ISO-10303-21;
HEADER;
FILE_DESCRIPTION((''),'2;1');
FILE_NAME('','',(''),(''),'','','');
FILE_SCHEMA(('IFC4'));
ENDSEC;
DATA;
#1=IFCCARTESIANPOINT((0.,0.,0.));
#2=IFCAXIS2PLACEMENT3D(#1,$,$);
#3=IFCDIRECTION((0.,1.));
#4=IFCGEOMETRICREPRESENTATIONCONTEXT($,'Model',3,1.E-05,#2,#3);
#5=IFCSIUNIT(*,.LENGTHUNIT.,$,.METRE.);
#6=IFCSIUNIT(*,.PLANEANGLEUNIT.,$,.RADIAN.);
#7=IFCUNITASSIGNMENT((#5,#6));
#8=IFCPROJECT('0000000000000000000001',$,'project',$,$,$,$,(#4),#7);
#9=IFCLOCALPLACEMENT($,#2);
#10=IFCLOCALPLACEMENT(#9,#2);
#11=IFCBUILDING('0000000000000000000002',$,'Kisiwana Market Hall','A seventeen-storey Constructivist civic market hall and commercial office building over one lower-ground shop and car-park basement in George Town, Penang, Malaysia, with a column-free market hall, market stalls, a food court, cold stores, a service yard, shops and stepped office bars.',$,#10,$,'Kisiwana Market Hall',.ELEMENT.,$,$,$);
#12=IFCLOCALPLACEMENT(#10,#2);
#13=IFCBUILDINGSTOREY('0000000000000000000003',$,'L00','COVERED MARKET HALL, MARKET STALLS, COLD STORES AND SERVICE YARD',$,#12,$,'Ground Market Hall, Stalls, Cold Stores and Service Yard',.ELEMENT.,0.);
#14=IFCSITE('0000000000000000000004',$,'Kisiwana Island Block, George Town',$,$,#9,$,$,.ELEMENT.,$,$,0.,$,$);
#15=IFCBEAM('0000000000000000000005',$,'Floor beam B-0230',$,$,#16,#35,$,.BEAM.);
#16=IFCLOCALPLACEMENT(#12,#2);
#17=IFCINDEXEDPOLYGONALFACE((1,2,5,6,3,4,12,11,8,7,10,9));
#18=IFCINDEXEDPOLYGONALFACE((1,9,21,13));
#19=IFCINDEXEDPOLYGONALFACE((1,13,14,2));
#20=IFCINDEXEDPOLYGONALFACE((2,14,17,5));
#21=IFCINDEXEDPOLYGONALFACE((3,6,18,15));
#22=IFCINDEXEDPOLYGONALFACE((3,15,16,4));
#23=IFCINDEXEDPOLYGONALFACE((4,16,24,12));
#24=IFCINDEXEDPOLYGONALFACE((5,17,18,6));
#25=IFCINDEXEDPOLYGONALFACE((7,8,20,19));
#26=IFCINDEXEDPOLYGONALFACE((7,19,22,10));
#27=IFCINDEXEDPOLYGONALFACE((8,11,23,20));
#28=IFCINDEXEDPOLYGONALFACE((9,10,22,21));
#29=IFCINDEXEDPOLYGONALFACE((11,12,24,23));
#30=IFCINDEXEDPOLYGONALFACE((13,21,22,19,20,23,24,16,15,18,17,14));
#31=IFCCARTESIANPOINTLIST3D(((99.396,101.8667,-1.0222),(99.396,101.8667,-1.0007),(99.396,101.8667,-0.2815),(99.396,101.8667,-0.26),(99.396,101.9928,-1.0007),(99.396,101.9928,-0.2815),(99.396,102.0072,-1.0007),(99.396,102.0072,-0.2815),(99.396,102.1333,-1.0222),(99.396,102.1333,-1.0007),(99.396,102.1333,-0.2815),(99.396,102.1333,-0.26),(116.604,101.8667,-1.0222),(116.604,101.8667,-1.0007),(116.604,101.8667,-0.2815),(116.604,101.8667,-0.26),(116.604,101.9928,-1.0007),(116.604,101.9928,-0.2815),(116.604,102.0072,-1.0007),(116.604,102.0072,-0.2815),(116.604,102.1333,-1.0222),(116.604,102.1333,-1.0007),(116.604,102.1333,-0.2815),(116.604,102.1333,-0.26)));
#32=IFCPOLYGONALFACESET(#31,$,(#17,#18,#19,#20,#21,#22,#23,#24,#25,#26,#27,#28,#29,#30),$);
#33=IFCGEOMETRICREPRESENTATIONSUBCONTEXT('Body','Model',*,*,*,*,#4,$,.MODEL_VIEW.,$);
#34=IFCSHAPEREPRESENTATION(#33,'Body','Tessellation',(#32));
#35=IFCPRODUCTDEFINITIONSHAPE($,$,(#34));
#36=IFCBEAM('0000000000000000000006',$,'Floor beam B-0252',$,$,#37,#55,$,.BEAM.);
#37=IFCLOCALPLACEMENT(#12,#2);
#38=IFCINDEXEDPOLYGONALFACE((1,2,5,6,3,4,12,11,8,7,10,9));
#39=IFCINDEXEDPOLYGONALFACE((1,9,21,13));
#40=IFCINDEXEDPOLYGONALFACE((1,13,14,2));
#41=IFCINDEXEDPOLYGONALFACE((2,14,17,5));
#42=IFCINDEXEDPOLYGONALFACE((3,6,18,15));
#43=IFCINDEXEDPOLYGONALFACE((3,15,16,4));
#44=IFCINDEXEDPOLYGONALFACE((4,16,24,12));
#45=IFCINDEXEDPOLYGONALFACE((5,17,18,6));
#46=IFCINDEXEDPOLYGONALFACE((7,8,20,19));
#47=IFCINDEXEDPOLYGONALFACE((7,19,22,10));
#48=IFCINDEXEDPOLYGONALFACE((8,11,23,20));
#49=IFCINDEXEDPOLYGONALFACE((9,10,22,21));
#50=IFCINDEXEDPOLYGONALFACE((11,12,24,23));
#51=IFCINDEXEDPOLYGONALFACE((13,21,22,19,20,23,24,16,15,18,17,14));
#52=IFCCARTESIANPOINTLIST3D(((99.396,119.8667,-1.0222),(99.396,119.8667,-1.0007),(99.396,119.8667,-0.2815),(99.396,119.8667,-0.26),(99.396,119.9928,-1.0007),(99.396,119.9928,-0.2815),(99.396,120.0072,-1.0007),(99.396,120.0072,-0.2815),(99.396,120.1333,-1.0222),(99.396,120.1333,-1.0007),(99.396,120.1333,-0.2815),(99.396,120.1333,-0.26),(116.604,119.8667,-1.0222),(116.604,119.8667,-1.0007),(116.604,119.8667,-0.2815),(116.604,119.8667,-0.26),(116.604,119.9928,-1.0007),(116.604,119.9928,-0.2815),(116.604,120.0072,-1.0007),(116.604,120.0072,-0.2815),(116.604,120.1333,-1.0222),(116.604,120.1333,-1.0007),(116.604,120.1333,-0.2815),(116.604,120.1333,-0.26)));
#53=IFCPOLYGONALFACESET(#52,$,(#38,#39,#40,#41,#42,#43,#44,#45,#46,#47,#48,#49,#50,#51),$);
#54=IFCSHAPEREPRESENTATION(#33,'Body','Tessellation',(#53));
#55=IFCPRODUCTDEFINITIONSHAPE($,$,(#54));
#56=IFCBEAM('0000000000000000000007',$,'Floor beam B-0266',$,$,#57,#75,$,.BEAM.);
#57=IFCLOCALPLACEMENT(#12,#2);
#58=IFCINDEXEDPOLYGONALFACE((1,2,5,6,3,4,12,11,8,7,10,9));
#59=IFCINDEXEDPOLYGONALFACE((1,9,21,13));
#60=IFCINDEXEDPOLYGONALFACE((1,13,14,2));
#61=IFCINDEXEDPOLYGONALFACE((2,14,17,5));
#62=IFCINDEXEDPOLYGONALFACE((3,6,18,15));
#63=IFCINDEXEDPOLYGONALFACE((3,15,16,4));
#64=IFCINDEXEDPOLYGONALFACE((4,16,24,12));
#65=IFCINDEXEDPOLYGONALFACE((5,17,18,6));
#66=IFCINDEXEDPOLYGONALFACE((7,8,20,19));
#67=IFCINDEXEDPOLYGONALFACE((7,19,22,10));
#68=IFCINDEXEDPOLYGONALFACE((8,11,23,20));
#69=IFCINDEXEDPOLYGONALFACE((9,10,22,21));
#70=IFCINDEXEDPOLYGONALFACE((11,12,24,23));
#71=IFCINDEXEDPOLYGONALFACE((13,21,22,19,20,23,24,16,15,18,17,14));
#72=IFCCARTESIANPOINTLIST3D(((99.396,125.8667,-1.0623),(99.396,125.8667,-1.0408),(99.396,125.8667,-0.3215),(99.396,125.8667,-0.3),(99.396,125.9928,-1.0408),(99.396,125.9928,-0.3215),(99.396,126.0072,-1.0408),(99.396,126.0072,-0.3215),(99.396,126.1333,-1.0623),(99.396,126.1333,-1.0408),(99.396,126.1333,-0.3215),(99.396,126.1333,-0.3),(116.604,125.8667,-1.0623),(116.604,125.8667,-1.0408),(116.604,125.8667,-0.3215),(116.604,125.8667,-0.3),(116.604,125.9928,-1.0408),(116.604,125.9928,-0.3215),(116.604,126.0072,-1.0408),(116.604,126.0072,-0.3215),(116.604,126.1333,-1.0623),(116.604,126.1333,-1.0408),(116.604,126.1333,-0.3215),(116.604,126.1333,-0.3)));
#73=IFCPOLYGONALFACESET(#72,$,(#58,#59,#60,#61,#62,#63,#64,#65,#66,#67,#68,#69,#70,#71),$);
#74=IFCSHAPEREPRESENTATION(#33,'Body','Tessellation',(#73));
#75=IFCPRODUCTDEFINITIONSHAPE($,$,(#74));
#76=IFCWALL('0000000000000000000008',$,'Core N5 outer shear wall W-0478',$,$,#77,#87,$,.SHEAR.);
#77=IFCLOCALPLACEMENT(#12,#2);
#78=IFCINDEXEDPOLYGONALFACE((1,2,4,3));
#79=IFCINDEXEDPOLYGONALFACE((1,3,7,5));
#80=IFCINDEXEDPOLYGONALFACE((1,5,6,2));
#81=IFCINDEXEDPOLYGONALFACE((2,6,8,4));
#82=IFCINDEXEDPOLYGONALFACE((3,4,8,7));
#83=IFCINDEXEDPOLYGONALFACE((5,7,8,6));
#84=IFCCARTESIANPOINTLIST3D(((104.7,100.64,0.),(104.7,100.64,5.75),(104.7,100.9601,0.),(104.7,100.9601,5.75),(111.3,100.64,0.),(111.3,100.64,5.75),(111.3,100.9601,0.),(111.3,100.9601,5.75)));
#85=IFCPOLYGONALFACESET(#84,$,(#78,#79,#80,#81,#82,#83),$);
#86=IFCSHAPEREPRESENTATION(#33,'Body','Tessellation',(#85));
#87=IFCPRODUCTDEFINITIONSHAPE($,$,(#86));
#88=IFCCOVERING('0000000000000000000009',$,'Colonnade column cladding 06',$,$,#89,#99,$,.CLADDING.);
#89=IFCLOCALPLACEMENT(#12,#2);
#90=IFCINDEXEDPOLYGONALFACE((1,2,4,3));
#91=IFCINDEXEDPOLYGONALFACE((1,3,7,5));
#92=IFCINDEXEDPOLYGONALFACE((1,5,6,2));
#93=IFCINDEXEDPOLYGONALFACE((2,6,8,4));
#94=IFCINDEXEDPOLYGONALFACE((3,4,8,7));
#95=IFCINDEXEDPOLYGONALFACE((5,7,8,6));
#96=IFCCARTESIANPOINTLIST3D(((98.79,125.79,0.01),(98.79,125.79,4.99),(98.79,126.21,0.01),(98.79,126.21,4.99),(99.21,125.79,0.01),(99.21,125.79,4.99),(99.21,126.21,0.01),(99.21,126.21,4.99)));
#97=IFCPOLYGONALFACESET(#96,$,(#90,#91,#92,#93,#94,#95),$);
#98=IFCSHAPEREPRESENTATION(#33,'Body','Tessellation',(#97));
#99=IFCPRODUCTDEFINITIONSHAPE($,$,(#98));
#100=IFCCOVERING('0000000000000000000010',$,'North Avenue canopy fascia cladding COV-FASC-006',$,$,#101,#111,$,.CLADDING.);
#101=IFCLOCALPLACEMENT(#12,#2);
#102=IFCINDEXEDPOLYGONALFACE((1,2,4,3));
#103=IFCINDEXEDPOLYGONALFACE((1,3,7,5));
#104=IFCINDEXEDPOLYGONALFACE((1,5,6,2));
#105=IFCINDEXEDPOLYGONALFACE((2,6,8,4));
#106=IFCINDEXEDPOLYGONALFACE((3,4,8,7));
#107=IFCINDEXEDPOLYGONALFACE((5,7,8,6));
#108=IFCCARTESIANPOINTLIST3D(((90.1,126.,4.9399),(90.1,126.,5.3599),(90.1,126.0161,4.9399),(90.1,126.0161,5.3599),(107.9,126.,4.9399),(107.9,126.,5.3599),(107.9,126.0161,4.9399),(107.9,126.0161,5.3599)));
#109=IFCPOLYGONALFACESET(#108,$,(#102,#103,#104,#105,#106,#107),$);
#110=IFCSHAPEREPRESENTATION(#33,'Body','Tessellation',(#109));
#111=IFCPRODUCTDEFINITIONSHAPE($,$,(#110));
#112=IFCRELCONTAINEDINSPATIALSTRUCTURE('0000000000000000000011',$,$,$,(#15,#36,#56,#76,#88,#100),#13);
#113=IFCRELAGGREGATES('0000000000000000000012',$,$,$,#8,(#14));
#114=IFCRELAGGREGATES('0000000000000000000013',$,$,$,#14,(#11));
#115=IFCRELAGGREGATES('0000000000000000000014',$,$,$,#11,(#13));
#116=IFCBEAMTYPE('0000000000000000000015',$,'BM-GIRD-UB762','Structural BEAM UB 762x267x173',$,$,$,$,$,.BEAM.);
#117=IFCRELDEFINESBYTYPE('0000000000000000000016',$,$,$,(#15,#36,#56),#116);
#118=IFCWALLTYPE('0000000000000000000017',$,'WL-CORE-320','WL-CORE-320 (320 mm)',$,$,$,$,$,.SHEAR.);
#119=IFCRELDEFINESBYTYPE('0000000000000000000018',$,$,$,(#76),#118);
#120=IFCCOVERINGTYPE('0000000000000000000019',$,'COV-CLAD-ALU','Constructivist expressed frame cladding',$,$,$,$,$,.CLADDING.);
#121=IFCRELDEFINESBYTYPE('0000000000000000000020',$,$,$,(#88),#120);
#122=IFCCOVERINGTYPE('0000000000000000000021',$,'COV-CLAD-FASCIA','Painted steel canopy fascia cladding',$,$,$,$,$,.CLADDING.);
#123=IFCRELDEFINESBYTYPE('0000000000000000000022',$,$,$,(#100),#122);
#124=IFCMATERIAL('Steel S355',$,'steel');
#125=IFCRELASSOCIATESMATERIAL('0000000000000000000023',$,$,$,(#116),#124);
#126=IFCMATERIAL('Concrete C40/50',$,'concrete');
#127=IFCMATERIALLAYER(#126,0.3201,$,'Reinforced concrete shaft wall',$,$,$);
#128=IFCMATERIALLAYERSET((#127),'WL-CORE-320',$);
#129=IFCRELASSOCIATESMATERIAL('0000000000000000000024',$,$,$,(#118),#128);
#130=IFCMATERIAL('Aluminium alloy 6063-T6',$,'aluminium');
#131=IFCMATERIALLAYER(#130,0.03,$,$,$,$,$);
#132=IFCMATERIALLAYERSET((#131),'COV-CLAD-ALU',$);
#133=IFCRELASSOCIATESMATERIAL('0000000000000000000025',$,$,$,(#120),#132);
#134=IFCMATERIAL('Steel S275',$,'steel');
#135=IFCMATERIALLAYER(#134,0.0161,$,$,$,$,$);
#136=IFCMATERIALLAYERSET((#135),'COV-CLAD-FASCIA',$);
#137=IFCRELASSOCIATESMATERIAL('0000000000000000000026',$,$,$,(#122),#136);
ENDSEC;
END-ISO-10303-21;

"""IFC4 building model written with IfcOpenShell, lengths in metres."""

from ifc_helpers import new_model, si_unit, direction, frame, frame_2d, origin, origin_2d, place, context, subcontext, project, spatial, rectangle, i_section, extrude, material, layer, layer_set, material_profile, profile_set, type_object, element, save


model = new_model("IFC4")

# Units and contexts
model_context = context("Model", 3, precision=1e-05, world=origin(), true_north=direction((0.0, 1.0)))
body_context = subcontext(model_context, "Body", "Model", "MODEL_VIEW")
ifc_project = project(units=[si_unit("LENGTHUNIT", "METRE"), si_unit("PLANEANGLEUNIT", "RADIAN")], contexts=[model_context])

# Site, building, storey
site_placement = place(None, origin())
site = spatial("IfcSite", under=ifc_project, at=site_placement, Name="Kisiwana Island Block, George Town", CompositionType="ELEMENT", RefElevation=0.0)
building_placement = place(site_placement, origin())
building = spatial("IfcBuilding", under=site, at=building_placement, Name="Kisiwana Market Hall", Description="A seventeen-storey Constructivist civic market hall and commercial office building over one lower-ground shop and car-park basement in George Town, Penang, Malaysia, with a column-free market hall, market stalls, a food court, cold stores, a service yard, shops and stepped office bars.", LongName="Kisiwana Market Hall", CompositionType="ELEMENT")
storey_placement = place(building_placement, origin())
storey = spatial("IfcBuildingStorey", under=building, at=storey_placement, Name="L00", Description="COVERED MARKET HALL, MARKET STALLS, COLD STORES AND SERVICE YARD", LongName="Ground Market Hall, Stalls, Cold Stores and Service Yard", CompositionType="ELEMENT", Elevation=0.0)

# Beams
ifc_material_1 = material(Name="Steel S355", Category="steel")
ifc_material_profile_1 = material_profile(ifc_material_1, i_section(OverallWidth=0.2666, OverallDepth=0.7622, WebThickness=0.0144, FlangeThickness=0.0215, at=origin_2d()), Name="UB 762x267x173")
ifc_profile_set_1 = profile_set([ifc_material_profile_1], Name="Steel S355")
beam_type_1 = type_object("IfcBeamType", Name="BM-GIRD-UB762", Description="Structural BEAM UB 762x267x173", PredefinedType="BEAM", material=ifc_profile_set_1)
for number, where, z_axis, x_axis, name in (
    (1, (99.396, 102.0, -0.6411), (1.0, 0.0, 0.0), (0.0, 1.0, 0.0), "Floor beam B-0230"),
    (2, (99.396, 120.0, -0.6411), (1.0, 0.0, 0.0), (0.0, 1.0, 0.0), "Floor beam B-0252"),
    (3, (99.396, 126.0, -0.6812), (1.0, 0.0, 0.0), (0.0, 1.0, 0.0), "Floor beam B-0266"),
):
    element("IfcBeam", number, at=place(storey_placement, frame(where, z_axis=z_axis, x_axis=x_axis)), inside=storey, type_object=beam_type_1, Name=name, PredefinedType="BEAM", context=body_context, shape_type="SweptSolid", body=[
        extrude(i_section(OverallWidth=0.2666, OverallDepth=0.7622, WebThickness=0.0144, FlangeThickness=0.0215, at=origin_2d()), origin(), (0.0, 0.0, 1.0), 17.208),
    ])

# Wall
ifc_material_2 = material(Name="Concrete C40/50", Category="concrete")
ifc_layer_1 = layer(ifc_material_2, 0.3201, Name="Reinforced concrete shaft wall")
ifc_layer_set_1 = layer_set([ifc_layer_1], Name="WL-CORE-320")
wall_type_1 = type_object("IfcWallType", Name="WL-CORE-320", Description="WL-CORE-320 (320 mm)", PredefinedType="SHEAR", material=ifc_layer_set_1)
wall_1_placement = place(storey_placement, frame((104.7, 100.8, 0.0), z_axis=(0.0, 0.0, 1.0), x_axis=(1.0, 0.0, 0.0)))
element("IfcWall", 4, at=wall_1_placement, inside=storey, type_object=wall_type_1, Name="Core N5 outer shear wall W-0478", PredefinedType="SHEAR", context=body_context, shape_type="SweptSolid", body=[
    extrude(rectangle(XDim=6.6001, YDim=0.3201, at=frame_2d((3.3, 0.0))), origin(), (0.0, 0.0, 1.0), 5.75),
])

# Coverings
ifc_material_3 = material(Name="Aluminium alloy 6063-T6", Category="aluminium")
ifc_layer_2 = layer(ifc_material_3, 0.03)
ifc_layer_set_2 = layer_set([ifc_layer_2], Name="COV-CLAD-ALU")
covering_type_1 = type_object("IfcCoveringType", Name="COV-CLAD-ALU", Description="Constructivist expressed frame cladding", PredefinedType="CLADDING", material=ifc_layer_set_2)
covering_1_placement = place(storey_placement, frame((99.0, 126.0, 0.01), z_axis=(0.0, 0.0, 1.0), x_axis=(1.0, 0.0, 0.0)))
element("IfcCovering", 5, at=covering_1_placement, inside=storey, type_object=covering_type_1, Name="Colonnade column cladding 06", PredefinedType="CLADDING", context=body_context, shape_type="SweptSolid", body=[
    extrude(rectangle(XDim=0.4199, YDim=0.4199, at=origin_2d()), origin(), (0.0, 0.0, 1.0), 4.98),
])
ifc_material_4 = material(Name="Steel S275", Category="steel")
ifc_layer_3 = layer(ifc_material_4, 0.0161)
ifc_layer_set_3 = layer_set([ifc_layer_3], Name="COV-CLAD-FASCIA")
covering_type_2 = type_object("IfcCoveringType", Name="COV-CLAD-FASCIA", Description="Painted steel canopy fascia cladding", PredefinedType="CLADDING", material=ifc_layer_set_3)
covering_2_placement = place(storey_placement, frame((99.0, 126.0081, 4.9399), z_axis=(0.0, 0.0, 1.0), x_axis=(1.0, 0.0, 0.0)))
element("IfcCovering", 6, at=covering_2_placement, inside=storey, type_object=covering_type_2, Name="North Avenue canopy fascia cladding COV-FASC-006", PredefinedType="CLADDING", context=body_context, shape_type="SweptSolid", body=[
    extrude(rectangle(XDim=17.8, YDim=0.0161, at=origin_2d()), origin(), (0.0, 0.0, 1.0), 0.4199),
])

save(model, "model.ifc")
